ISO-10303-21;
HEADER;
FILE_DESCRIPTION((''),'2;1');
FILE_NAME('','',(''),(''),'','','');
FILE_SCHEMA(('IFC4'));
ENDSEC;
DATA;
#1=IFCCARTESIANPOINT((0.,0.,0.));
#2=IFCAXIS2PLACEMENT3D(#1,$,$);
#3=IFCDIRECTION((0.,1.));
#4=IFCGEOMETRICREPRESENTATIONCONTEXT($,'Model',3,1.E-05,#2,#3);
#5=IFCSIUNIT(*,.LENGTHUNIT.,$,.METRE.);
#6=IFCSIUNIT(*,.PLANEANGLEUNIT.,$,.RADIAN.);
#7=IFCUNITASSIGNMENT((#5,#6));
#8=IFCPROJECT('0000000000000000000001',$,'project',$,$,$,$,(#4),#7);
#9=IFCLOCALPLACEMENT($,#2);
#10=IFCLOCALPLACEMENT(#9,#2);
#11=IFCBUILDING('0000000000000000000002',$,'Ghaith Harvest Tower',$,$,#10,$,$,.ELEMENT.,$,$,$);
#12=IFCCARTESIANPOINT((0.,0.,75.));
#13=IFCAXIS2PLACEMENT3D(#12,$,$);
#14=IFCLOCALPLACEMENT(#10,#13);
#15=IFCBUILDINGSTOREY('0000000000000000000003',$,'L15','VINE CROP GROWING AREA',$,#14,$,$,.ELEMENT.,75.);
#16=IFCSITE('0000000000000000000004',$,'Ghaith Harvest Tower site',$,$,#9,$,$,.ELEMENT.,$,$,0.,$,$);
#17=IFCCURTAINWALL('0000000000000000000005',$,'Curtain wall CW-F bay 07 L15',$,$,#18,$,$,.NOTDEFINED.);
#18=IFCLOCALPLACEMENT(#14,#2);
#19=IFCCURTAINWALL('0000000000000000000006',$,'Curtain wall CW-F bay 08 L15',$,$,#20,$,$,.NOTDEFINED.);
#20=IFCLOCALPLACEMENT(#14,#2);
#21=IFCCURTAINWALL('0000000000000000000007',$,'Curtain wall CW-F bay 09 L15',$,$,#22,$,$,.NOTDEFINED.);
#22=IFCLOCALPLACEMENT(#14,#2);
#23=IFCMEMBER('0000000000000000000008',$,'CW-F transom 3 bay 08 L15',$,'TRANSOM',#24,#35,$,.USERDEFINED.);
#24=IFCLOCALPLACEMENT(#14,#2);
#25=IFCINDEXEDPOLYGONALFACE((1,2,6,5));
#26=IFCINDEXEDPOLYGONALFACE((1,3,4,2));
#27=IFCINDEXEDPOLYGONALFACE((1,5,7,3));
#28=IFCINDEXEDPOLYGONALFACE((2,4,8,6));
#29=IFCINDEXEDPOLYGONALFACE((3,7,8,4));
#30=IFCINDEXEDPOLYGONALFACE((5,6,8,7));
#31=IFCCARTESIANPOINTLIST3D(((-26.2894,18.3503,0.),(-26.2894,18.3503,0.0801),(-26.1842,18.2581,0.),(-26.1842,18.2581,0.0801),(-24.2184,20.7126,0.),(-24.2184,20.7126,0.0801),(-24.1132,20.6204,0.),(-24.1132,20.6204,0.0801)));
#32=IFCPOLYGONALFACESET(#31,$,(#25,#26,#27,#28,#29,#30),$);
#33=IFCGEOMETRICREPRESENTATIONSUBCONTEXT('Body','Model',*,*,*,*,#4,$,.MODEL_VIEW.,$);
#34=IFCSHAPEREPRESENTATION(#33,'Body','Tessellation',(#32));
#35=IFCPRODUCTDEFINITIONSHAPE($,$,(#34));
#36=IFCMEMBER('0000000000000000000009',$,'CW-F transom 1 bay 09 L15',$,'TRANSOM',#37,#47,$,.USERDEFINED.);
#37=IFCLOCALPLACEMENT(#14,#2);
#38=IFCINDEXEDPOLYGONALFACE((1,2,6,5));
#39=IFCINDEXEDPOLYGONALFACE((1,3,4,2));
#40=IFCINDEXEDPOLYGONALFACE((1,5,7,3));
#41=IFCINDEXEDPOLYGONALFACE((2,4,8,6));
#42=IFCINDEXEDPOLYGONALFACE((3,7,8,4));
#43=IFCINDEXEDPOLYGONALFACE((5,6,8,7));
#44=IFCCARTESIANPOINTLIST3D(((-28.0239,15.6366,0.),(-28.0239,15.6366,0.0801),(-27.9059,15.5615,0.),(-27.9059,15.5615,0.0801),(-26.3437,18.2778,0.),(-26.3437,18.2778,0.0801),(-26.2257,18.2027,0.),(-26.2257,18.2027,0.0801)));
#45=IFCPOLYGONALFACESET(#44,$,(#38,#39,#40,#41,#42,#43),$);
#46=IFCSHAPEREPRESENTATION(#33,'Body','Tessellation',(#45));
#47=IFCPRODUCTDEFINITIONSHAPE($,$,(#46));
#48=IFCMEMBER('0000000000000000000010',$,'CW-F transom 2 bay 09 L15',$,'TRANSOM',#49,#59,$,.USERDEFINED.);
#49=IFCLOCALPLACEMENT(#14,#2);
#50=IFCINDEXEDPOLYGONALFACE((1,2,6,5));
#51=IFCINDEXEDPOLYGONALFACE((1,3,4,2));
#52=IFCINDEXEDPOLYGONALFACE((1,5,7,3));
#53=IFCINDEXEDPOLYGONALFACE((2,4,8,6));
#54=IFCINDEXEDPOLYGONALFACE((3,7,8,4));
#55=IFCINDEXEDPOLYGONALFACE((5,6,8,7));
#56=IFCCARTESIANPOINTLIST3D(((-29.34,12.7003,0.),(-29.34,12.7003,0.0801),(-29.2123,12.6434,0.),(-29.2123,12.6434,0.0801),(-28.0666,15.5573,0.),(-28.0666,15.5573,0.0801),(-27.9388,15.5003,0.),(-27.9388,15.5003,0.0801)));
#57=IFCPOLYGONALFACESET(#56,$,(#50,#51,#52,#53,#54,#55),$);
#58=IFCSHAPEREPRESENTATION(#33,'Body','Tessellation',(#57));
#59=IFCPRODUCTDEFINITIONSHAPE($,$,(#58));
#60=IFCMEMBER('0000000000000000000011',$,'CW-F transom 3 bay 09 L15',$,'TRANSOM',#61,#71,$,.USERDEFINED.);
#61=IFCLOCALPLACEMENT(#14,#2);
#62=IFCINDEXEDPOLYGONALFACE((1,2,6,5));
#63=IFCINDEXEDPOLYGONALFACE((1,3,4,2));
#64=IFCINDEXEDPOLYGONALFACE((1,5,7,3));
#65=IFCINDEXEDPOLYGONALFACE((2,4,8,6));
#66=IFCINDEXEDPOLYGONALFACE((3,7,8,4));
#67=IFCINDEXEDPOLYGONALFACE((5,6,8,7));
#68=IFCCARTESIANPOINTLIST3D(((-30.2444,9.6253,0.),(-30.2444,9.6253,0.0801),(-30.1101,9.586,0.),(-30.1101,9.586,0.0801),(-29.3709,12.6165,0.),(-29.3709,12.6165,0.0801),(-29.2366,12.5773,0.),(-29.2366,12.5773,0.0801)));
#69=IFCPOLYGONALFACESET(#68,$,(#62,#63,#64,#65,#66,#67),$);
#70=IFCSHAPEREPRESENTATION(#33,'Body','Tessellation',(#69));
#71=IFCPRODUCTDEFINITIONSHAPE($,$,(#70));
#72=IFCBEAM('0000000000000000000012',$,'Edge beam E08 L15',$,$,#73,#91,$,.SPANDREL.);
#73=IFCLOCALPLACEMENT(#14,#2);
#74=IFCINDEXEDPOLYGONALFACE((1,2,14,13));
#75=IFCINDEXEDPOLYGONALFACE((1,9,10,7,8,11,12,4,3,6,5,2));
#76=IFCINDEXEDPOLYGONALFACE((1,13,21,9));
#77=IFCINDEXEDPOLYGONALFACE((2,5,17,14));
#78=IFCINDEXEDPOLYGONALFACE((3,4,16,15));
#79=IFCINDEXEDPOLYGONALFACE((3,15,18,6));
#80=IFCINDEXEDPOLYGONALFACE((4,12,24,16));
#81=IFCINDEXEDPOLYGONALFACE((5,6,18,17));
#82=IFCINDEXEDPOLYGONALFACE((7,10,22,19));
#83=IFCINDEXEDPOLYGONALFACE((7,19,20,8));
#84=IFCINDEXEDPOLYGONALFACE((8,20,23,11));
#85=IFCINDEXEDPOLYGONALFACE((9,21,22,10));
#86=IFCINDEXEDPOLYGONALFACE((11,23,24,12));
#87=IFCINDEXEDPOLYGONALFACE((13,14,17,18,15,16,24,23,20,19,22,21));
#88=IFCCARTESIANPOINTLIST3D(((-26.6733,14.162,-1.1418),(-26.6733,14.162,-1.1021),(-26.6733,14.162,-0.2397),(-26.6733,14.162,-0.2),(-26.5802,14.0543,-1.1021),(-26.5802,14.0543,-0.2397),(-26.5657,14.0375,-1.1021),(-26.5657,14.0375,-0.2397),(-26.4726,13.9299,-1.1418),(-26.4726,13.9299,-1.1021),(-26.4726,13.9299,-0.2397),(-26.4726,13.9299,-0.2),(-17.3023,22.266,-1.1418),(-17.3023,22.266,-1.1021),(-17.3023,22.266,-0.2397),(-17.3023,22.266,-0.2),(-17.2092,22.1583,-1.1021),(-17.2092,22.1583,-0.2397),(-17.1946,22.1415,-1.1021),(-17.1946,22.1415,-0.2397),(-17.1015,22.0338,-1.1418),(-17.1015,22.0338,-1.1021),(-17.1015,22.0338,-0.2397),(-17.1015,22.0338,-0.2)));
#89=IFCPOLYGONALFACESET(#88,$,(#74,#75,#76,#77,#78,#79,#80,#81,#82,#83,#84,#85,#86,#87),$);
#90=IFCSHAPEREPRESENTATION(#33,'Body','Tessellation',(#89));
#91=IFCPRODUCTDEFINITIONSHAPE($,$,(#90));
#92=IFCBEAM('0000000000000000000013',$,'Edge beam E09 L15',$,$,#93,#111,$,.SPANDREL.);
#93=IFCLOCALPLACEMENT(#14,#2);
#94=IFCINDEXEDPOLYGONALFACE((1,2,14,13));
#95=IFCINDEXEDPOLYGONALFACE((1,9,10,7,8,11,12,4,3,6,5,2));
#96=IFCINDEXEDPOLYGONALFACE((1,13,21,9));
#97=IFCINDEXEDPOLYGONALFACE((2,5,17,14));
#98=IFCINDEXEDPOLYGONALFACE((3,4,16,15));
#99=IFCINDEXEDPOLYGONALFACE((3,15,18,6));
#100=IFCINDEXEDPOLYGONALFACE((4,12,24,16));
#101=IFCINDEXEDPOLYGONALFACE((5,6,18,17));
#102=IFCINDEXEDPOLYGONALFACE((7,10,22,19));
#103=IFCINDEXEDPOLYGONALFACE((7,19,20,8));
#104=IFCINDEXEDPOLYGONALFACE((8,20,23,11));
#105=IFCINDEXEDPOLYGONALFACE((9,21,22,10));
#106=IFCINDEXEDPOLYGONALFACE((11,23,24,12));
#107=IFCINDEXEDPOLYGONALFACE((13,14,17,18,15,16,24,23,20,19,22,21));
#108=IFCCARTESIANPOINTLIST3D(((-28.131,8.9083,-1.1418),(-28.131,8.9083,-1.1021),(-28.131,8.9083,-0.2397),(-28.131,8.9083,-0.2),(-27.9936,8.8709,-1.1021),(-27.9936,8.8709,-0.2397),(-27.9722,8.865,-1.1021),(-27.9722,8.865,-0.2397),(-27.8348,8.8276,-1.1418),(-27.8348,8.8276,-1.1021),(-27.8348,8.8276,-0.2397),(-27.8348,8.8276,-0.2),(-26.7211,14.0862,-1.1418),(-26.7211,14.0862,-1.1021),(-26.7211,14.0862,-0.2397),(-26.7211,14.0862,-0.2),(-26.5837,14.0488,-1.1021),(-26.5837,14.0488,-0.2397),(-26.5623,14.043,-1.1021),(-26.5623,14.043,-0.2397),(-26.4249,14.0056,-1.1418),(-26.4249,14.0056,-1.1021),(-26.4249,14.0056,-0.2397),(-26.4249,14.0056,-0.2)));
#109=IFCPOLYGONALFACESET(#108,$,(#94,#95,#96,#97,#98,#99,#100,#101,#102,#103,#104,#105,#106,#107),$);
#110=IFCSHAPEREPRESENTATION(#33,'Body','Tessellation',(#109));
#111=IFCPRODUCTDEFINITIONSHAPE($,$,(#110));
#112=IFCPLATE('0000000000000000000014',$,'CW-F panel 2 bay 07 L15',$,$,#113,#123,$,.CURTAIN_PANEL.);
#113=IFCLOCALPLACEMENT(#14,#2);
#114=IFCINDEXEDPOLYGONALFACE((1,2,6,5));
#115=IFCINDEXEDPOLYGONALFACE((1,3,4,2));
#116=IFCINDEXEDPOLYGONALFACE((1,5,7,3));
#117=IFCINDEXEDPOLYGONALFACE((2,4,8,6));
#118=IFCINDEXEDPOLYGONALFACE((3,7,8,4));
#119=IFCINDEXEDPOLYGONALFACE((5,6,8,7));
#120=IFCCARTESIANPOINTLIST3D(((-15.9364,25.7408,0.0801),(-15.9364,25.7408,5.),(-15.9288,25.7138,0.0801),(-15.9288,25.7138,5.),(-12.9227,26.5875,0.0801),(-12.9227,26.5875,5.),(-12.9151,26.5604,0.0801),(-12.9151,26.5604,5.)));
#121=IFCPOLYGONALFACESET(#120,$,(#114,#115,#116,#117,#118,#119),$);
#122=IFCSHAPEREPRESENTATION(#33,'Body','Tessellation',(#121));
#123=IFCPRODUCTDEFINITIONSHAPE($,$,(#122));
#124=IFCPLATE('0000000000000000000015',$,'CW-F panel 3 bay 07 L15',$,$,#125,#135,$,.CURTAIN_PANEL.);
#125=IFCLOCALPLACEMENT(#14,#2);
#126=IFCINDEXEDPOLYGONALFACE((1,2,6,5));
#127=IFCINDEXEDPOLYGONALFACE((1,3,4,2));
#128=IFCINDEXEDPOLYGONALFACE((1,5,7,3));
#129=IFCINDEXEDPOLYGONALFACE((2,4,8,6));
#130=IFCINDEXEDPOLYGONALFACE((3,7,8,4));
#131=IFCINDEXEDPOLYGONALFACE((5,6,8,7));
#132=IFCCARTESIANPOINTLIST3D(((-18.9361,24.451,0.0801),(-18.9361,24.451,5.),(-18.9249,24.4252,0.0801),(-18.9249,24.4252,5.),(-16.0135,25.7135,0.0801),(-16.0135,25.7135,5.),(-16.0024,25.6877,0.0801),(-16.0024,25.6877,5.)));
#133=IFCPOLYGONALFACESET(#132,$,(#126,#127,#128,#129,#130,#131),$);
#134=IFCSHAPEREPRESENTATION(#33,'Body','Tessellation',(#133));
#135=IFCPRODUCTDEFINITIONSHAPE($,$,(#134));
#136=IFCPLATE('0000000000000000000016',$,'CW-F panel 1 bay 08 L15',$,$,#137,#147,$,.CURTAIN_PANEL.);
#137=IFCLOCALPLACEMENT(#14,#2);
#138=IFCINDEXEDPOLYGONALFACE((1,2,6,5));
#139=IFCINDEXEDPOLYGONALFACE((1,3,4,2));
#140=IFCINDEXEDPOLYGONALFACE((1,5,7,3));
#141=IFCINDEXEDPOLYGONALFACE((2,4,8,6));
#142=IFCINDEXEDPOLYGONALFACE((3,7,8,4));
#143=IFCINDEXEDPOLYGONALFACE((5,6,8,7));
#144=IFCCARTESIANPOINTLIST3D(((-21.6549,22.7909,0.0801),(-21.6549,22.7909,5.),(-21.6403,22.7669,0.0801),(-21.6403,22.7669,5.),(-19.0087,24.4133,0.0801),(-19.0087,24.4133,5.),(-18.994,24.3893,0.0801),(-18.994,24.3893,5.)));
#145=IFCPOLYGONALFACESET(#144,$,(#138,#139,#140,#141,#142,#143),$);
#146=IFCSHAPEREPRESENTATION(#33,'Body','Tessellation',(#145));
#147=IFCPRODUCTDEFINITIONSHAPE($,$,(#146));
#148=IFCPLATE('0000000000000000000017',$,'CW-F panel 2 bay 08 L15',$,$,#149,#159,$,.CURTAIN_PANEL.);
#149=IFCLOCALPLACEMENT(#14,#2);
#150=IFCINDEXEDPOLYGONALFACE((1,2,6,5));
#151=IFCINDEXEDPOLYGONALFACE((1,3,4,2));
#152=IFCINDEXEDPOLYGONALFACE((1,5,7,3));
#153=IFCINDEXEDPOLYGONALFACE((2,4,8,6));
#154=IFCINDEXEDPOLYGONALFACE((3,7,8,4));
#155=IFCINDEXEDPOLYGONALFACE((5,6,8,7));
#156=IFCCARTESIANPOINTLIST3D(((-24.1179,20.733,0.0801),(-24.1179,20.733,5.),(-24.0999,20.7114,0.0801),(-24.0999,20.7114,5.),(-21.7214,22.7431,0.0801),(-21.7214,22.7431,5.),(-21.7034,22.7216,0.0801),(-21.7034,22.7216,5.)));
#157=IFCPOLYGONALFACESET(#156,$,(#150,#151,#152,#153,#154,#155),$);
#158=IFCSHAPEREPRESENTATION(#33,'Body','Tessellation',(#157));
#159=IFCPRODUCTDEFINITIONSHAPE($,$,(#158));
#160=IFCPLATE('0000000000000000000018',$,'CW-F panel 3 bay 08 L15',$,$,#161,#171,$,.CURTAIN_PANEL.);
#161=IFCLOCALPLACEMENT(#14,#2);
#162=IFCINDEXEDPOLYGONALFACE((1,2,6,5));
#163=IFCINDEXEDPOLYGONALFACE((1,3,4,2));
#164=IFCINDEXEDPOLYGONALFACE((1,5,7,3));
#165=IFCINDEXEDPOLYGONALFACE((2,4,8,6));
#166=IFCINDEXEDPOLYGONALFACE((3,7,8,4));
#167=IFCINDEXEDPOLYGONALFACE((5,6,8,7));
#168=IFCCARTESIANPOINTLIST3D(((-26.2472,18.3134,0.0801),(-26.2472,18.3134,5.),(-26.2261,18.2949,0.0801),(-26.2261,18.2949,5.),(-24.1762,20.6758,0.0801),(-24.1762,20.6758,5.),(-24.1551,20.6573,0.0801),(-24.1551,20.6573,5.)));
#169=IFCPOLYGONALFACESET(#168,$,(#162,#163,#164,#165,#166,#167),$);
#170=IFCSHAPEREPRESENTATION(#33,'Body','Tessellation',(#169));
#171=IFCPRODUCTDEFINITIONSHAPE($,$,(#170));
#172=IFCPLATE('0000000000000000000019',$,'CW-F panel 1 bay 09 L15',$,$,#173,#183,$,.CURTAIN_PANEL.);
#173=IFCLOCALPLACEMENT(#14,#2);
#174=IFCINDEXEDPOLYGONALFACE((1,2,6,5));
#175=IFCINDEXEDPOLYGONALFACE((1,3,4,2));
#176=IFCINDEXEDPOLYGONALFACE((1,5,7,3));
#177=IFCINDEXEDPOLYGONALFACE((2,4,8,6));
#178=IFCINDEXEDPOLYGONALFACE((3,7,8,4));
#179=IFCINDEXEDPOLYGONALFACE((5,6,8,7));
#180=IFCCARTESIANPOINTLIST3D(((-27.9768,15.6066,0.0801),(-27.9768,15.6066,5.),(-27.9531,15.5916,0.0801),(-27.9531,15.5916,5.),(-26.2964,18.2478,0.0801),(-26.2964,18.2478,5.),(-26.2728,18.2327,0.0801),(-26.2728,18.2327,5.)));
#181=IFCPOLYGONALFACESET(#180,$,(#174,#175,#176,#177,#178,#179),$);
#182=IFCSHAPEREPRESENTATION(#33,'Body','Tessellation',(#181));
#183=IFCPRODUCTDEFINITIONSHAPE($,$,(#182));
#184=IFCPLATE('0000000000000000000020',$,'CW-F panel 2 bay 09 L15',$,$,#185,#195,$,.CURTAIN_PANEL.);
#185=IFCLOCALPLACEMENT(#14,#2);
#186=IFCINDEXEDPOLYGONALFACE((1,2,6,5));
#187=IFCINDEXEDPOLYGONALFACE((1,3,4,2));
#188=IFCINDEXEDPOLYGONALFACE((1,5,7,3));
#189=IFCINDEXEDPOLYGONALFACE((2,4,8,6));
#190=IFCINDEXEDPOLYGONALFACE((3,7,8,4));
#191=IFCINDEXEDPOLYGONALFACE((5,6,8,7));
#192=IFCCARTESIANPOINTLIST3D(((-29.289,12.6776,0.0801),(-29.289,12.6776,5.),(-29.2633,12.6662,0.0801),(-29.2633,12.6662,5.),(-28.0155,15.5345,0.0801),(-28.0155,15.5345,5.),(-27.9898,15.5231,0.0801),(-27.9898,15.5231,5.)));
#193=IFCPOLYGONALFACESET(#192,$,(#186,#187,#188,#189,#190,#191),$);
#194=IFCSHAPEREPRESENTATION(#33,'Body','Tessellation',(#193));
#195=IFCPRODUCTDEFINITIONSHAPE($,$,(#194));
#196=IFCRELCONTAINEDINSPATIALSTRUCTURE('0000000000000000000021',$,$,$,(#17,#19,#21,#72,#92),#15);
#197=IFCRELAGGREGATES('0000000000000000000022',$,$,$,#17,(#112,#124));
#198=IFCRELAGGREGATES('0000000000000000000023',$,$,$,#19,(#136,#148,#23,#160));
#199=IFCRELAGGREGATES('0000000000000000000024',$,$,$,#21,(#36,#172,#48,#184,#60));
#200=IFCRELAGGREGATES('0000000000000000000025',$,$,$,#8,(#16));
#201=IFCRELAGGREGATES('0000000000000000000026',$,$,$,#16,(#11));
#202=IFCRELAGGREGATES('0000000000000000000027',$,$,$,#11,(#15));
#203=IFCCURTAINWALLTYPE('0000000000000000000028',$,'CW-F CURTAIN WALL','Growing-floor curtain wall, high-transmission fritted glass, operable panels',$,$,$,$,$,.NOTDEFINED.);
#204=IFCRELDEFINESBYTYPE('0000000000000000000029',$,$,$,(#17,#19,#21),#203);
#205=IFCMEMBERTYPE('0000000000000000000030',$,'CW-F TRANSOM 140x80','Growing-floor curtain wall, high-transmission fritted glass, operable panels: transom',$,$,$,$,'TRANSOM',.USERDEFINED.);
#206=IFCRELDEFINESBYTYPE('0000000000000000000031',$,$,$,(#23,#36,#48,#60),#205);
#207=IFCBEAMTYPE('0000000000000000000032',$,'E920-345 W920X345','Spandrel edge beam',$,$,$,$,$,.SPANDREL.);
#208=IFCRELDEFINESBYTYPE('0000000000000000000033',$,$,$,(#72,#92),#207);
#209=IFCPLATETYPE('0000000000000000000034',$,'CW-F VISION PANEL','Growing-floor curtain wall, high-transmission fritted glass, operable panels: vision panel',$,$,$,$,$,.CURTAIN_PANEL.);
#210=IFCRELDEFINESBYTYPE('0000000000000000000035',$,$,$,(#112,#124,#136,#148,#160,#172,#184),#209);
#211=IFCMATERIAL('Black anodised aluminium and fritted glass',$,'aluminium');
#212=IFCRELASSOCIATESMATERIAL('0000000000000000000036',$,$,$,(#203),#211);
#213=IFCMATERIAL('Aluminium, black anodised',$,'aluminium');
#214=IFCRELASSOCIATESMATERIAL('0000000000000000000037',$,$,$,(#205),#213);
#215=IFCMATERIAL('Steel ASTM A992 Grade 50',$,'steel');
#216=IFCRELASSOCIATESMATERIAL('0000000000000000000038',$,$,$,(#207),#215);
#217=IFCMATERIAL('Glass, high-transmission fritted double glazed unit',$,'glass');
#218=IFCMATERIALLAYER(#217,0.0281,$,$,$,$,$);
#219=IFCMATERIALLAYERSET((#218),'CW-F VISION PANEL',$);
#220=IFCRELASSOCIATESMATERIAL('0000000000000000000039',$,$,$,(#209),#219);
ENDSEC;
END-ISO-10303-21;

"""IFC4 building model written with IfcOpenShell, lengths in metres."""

from ifc_helpers import new_model, si_unit, direction, frame, origin, origin_2d, place, context, subcontext, project, spatial, rectangle, i_section, extrude, material, layer, layer_set, material_profile, profile_set, type_object, element, aggregate, save


model = new_model("IFC4")

# Units and contexts
model_context = context("Model", 3, precision=1e-05, world=origin(), true_north=direction((0.0, 1.0)))
body_context = subcontext(model_context, "Body", "Model", "MODEL_VIEW")
ifc_project = project(units=[si_unit("LENGTHUNIT", "METRE"), si_unit("PLANEANGLEUNIT", "RADIAN")], contexts=[model_context])

# Site, building, storey
site_placement = place(None, origin())
site = spatial("IfcSite", under=ifc_project, at=site_placement, Name="Ghaith Harvest Tower site", CompositionType="ELEMENT", RefElevation=0.0)
building_placement = place(site_placement, origin())
building = spatial("IfcBuilding", under=site, at=building_placement, Name="Ghaith Harvest Tower", CompositionType="ELEMENT")
storey_placement = place(building_placement, frame((0.0, 0.0, 75.0)))
storey = spatial("IfcBuildingStorey", under=building, at=storey_placement, Name="L15", Description="VINE CROP GROWING AREA", CompositionType="ELEMENT", Elevation=75.0)

# Curtain walls
ifc_material_1 = material(Name="Black anodised aluminium and fritted glass", Category="aluminium")
curtain_wall_type = type_object("IfcCurtainWallType", Name="CW-F CURTAIN WALL", Description="Growing-floor curtain wall, high-transmission fritted glass, operable panels", PredefinedType="NOTDEFINED", material=ifc_material_1)
curtain_wall_1_placement = place(storey_placement, origin())
curtain_wall_1 = element("IfcCurtainWall", 1, at=curtain_wall_1_placement, inside=storey, type_object=curtain_wall_type, Name="Curtain wall CW-F bay 07 L15", PredefinedType="NOTDEFINED")
curtain_wall_2_placement = place(storey_placement, origin())
curtain_wall_2 = element("IfcCurtainWall", 2, at=curtain_wall_2_placement, inside=storey, type_object=curtain_wall_type, Name="Curtain wall CW-F bay 08 L15", PredefinedType="NOTDEFINED")
curtain_wall_3_placement = place(storey_placement, origin())
curtain_wall_3 = element("IfcCurtainWall", 3, at=curtain_wall_3_placement, inside=storey, type_object=curtain_wall_type, Name="Curtain wall CW-F bay 09 L15", PredefinedType="NOTDEFINED")

# Members
ifc_material_2 = material(Name="Aluminium, black anodised", Category="aluminium")
ifc_material_profile_1 = material_profile(ifc_material_2, rectangle(XDim=0.1399, YDim=0.0801, at=origin_2d()), Name="CW-F TRANSOM 140x80")
ifc_profile_set_1 = profile_set([ifc_material_profile_1], Name="Aluminium, black anodised")
member_type_1 = type_object("IfcMemberType", Name="CW-F TRANSOM 140x80", Description="Growing-floor curtain wall, high-transmission fritted glass, operable panels: transom", ElementType="TRANSOM", PredefinedType="USERDEFINED", material=ifc_profile_set_1)
member_1_placement = place(storey_placement, frame((-24.1658, 20.6665, 0.04), z_axis=(-0.659231, -0.751941, 0.0), x_axis=(0.751941, -0.659231, 0.0)))
member_1 = element("IfcMember", 4, at=member_1_placement, type_object=member_type_1, Name="CW-F transom 3 bay 08 L15", ObjectType="TRANSOM", PredefinedType="USERDEFINED", context=body_context, shape_type="SweptSolid", body=[
    extrude(rectangle(XDim=0.1399, YDim=0.0801, at=origin_2d()), origin(), (0.0, 0.0, 1.0), 3.1416),
])
member_2_placement = place(storey_placement, frame((-26.2847, 18.2402, 0.04), z_axis=(-0.536754, -0.843739, 0.0), x_axis=(0.843739, -0.536754, 0.0)))
member_2 = element("IfcMember", 5, at=member_2_placement, type_object=member_type_1, Name="CW-F transom 1 bay 09 L15", ObjectType="TRANSOM", PredefinedType="USERDEFINED", context=body_context, shape_type="SweptSolid", body=[
    extrude(rectangle(XDim=0.1399, YDim=0.0801, at=origin_2d()), origin(), (0.0, 0.0, 1.0), 3.1304),
])
member_3_placement = place(storey_placement, frame((-28.0027, 15.5288, 0.04), z_axis=(-0.407123, -0.913373, 0.0), x_axis=(0.913373, -0.407123, 0.0)))
member_3 = element("IfcMember", 6, at=member_3_placement, type_object=member_type_1, Name="CW-F transom 2 bay 09 L15", ObjectType="TRANSOM", PredefinedType="USERDEFINED", context=body_context, shape_type="SweptSolid", body=[
    extrude(rectangle(XDim=0.1399, YDim=0.0801, at=origin_2d()), origin(), (0.0, 0.0, 1.0), 3.1279),
])
member_4_placement = place(storey_placement, frame((-29.3037, 12.5969, 0.04), z_axis=(-0.280325, -0.959905, 0.0), x_axis=(0.959905, -0.280325, 0.0)))
member_4 = element("IfcMember", 7, at=member_4_placement, type_object=member_type_1, Name="CW-F transom 3 bay 09 L15", ObjectType="TRANSOM", PredefinedType="USERDEFINED", context=body_context, shape_type="SweptSolid", body=[
    extrude(rectangle(XDim=0.1399, YDim=0.0801, at=origin_2d()), origin(), (0.0, 0.0, 1.0), 3.1162),
])

# Beams
ifc_material_3 = material(Name="Steel ASTM A992 Grade 50", Category="steel")
ifc_material_profile_2 = material_profile(ifc_material_3, i_section(OverallWidth=0.3069, OverallDepth=0.9419, WebThickness=0.0222, FlangeThickness=0.0398, at=origin_2d()), Name="W920X345")
ifc_profile_set_2 = profile_set([ifc_material_profile_2], Name="Steel ASTM A992 Grade 50")
beam_type = type_object("IfcBeamType", Name="E920-345 W920X345", Description="Spandrel edge beam", PredefinedType="SPANDREL", material=ifc_profile_set_2)
beam_1_placement = place(storey_placement, frame((-17.2019, 22.1499, -0.6709), z_axis=(-0.756392, -0.654118, 0.0), x_axis=(0.654118, -0.756392, 0.0)))
element("IfcBeam", 8, at=beam_1_placement, inside=storey, type_object=beam_type, Name="Edge beam E08 L15", PredefinedType="SPANDREL", context=body_context, shape_type="SweptSolid", body=[
    extrude(i_section(OverallWidth=0.3069, OverallDepth=0.9419, WebThickness=0.0222, FlangeThickness=0.0398, at=origin_2d()), origin(), (0.0, 0.0, 1.0), 12.3892),
])
beam_2_placement = place(storey_placement, frame((-26.573, 14.0459, -0.6709), z_axis=(-0.262725, -0.964871, 0.0), x_axis=(0.964871, -0.262725, 0.0)))
element("IfcBeam", 9, at=beam_2_placement, inside=storey, type_object=beam_type, Name="Edge beam E09 L15", PredefinedType="SPANDREL", context=body_context, shape_type="SweptSolid", body=[
    extrude(i_section(OverallWidth=0.3069, OverallDepth=0.9419, WebThickness=0.0222, FlangeThickness=0.0398, at=origin_2d()), origin(), (0.0, 0.0, 1.0), 5.3665),
])

# Plates
ifc_material_4 = material(Name="Glass, high-transmission fritted double glazed unit", Category="glass")
ifc_layer_1 = layer(ifc_material_4, 0.0281)
ifc_layer_set_1 = layer_set([ifc_layer_1], Name="CW-F VISION PANEL")
plate_type = type_object("IfcPlateType", Name="CW-F VISION PANEL", Description="Growing-floor curtain wall, high-transmission fritted glass, operable panels: vision panel", PredefinedType="CURTAIN_PANEL", material=ifc_layer_set_1)
plate_1_placement = place(storey_placement, frame((-14.4258, 26.1506, 0.0801), z_axis=(0.0, 0.0, 1.0), x_axis=(-0.96273, -0.270465, 0.0)))
plate_1 = element("IfcPlate", 10, at=plate_1_placement, type_object=plate_type, Name="CW-F panel 2 bay 07 L15", PredefinedType="CURTAIN_PANEL", context=body_context, shape_type="SweptSolid", body=[
    extrude(rectangle(XDim=3.1304, YDim=0.0281, at=origin_2d()), origin(), (0.0, 0.0, 1.0), 4.9199),
])
plate_2_placement = place(storey_placement, frame((-17.4692, 25.0693, 0.0801), z_axis=(0.0, 0.0, 1.0), x_axis=(-0.918003, -0.396574, 0.0)))
plate_2 = element("IfcPlate", 11, at=plate_2_placement, type_object=plate_type, Name="CW-F panel 3 bay 07 L15", PredefinedType="CURTAIN_PANEL", context=body_context, shape_type="SweptSolid", body=[
    extrude(rectangle(XDim=3.1836, YDim=0.0281, at=origin_2d()), origin(), (0.0, 0.0, 1.0), 4.9199),
])
aggregate(curtain_wall_1, [plate_1, plate_2])
plate_3_placement = place(storey_placement, frame((-20.3245, 23.5901, 0.0801), z_axis=(0.0, 0.0, 1.0), x_axis=(-0.852528, -0.522682, 0.0)))
plate_3 = element("IfcPlate", 12, at=plate_3_placement, type_object=plate_type, Name="CW-F panel 1 bay 08 L15", PredefinedType="CURTAIN_PANEL", context=body_context, shape_type="SweptSolid", body=[
    extrude(rectangle(XDim=3.104, YDim=0.0281, at=origin_2d()), origin(), (0.0, 0.0, 1.0), 4.9199),
])
plate_4_placement = place(storey_placement, frame((-22.9106, 21.7273, 0.0801), z_axis=(0.0, 0.0, 1.0), x_axis=(-0.766155, -0.642656, 0.0)))
plate_4 = element("IfcPlate", 13, at=plate_4_placement, type_object=plate_type, Name="CW-F panel 2 bay 08 L15", PredefinedType="CURTAIN_PANEL", context=body_context, shape_type="SweptSolid", body=[
    extrude(rectangle(XDim=3.1279, YDim=0.0281, at=origin_2d()), origin(), (0.0, 0.0, 1.0), 4.9199),
])
plate_5_placement = place(storey_placement, frame((-25.2012, 19.4854, 0.0801), z_axis=(0.0, 0.0, 1.0), x_axis=(-0.659216, -0.751954, 0.0)))
plate_5 = element("IfcPlate", 14, at=plate_5_placement, type_object=plate_type, Name="CW-F panel 3 bay 08 L15", PredefinedType="CURTAIN_PANEL", context=body_context, shape_type="SweptSolid", body=[
    extrude(rectangle(XDim=3.1416, YDim=0.0281, at=origin_2d()), origin(), (0.0, 0.0, 1.0), 4.9199),
])
aggregate(curtain_wall_2, [plate_3, plate_4, member_1, plate_5])
plate_6_placement = place(storey_placement, frame((-27.1248, 16.9197, 0.0801), z_axis=(0.0, 0.0, 1.0), x_axis=(-0.536779, -0.843723, 0.0)))
plate_6 = element("IfcPlate", 15, at=plate_6_placement, type_object=plate_type, Name="CW-F panel 1 bay 09 L15", PredefinedType="CURTAIN_PANEL", context=body_context, shape_type="SweptSolid", body=[
    extrude(rectangle(XDim=3.1304, YDim=0.0281, at=origin_2d()), origin(), (0.0, 0.0, 1.0), 4.9199),
])
plate_7_placement = place(storey_placement, frame((-28.6394, 14.1003, 0.0801), z_axis=(0.0, 0.0, 1.0), x_axis=(-0.407134, -0.913368, 0.0)))
plate_7 = element("IfcPlate", 16, at=plate_7_placement, type_object=plate_type, Name="CW-F panel 2 bay 09 L15", PredefinedType="CURTAIN_PANEL", context=body_context, shape_type="SweptSolid", body=[
    extrude(rectangle(XDim=3.1279, YDim=0.0281, at=origin_2d()), origin(), (0.0, 0.0, 1.0), 4.9199),
])
aggregate(curtain_wall_3, [member_2, plate_6, member_3, plate_7, member_4])

save(model, "model.ifc")
